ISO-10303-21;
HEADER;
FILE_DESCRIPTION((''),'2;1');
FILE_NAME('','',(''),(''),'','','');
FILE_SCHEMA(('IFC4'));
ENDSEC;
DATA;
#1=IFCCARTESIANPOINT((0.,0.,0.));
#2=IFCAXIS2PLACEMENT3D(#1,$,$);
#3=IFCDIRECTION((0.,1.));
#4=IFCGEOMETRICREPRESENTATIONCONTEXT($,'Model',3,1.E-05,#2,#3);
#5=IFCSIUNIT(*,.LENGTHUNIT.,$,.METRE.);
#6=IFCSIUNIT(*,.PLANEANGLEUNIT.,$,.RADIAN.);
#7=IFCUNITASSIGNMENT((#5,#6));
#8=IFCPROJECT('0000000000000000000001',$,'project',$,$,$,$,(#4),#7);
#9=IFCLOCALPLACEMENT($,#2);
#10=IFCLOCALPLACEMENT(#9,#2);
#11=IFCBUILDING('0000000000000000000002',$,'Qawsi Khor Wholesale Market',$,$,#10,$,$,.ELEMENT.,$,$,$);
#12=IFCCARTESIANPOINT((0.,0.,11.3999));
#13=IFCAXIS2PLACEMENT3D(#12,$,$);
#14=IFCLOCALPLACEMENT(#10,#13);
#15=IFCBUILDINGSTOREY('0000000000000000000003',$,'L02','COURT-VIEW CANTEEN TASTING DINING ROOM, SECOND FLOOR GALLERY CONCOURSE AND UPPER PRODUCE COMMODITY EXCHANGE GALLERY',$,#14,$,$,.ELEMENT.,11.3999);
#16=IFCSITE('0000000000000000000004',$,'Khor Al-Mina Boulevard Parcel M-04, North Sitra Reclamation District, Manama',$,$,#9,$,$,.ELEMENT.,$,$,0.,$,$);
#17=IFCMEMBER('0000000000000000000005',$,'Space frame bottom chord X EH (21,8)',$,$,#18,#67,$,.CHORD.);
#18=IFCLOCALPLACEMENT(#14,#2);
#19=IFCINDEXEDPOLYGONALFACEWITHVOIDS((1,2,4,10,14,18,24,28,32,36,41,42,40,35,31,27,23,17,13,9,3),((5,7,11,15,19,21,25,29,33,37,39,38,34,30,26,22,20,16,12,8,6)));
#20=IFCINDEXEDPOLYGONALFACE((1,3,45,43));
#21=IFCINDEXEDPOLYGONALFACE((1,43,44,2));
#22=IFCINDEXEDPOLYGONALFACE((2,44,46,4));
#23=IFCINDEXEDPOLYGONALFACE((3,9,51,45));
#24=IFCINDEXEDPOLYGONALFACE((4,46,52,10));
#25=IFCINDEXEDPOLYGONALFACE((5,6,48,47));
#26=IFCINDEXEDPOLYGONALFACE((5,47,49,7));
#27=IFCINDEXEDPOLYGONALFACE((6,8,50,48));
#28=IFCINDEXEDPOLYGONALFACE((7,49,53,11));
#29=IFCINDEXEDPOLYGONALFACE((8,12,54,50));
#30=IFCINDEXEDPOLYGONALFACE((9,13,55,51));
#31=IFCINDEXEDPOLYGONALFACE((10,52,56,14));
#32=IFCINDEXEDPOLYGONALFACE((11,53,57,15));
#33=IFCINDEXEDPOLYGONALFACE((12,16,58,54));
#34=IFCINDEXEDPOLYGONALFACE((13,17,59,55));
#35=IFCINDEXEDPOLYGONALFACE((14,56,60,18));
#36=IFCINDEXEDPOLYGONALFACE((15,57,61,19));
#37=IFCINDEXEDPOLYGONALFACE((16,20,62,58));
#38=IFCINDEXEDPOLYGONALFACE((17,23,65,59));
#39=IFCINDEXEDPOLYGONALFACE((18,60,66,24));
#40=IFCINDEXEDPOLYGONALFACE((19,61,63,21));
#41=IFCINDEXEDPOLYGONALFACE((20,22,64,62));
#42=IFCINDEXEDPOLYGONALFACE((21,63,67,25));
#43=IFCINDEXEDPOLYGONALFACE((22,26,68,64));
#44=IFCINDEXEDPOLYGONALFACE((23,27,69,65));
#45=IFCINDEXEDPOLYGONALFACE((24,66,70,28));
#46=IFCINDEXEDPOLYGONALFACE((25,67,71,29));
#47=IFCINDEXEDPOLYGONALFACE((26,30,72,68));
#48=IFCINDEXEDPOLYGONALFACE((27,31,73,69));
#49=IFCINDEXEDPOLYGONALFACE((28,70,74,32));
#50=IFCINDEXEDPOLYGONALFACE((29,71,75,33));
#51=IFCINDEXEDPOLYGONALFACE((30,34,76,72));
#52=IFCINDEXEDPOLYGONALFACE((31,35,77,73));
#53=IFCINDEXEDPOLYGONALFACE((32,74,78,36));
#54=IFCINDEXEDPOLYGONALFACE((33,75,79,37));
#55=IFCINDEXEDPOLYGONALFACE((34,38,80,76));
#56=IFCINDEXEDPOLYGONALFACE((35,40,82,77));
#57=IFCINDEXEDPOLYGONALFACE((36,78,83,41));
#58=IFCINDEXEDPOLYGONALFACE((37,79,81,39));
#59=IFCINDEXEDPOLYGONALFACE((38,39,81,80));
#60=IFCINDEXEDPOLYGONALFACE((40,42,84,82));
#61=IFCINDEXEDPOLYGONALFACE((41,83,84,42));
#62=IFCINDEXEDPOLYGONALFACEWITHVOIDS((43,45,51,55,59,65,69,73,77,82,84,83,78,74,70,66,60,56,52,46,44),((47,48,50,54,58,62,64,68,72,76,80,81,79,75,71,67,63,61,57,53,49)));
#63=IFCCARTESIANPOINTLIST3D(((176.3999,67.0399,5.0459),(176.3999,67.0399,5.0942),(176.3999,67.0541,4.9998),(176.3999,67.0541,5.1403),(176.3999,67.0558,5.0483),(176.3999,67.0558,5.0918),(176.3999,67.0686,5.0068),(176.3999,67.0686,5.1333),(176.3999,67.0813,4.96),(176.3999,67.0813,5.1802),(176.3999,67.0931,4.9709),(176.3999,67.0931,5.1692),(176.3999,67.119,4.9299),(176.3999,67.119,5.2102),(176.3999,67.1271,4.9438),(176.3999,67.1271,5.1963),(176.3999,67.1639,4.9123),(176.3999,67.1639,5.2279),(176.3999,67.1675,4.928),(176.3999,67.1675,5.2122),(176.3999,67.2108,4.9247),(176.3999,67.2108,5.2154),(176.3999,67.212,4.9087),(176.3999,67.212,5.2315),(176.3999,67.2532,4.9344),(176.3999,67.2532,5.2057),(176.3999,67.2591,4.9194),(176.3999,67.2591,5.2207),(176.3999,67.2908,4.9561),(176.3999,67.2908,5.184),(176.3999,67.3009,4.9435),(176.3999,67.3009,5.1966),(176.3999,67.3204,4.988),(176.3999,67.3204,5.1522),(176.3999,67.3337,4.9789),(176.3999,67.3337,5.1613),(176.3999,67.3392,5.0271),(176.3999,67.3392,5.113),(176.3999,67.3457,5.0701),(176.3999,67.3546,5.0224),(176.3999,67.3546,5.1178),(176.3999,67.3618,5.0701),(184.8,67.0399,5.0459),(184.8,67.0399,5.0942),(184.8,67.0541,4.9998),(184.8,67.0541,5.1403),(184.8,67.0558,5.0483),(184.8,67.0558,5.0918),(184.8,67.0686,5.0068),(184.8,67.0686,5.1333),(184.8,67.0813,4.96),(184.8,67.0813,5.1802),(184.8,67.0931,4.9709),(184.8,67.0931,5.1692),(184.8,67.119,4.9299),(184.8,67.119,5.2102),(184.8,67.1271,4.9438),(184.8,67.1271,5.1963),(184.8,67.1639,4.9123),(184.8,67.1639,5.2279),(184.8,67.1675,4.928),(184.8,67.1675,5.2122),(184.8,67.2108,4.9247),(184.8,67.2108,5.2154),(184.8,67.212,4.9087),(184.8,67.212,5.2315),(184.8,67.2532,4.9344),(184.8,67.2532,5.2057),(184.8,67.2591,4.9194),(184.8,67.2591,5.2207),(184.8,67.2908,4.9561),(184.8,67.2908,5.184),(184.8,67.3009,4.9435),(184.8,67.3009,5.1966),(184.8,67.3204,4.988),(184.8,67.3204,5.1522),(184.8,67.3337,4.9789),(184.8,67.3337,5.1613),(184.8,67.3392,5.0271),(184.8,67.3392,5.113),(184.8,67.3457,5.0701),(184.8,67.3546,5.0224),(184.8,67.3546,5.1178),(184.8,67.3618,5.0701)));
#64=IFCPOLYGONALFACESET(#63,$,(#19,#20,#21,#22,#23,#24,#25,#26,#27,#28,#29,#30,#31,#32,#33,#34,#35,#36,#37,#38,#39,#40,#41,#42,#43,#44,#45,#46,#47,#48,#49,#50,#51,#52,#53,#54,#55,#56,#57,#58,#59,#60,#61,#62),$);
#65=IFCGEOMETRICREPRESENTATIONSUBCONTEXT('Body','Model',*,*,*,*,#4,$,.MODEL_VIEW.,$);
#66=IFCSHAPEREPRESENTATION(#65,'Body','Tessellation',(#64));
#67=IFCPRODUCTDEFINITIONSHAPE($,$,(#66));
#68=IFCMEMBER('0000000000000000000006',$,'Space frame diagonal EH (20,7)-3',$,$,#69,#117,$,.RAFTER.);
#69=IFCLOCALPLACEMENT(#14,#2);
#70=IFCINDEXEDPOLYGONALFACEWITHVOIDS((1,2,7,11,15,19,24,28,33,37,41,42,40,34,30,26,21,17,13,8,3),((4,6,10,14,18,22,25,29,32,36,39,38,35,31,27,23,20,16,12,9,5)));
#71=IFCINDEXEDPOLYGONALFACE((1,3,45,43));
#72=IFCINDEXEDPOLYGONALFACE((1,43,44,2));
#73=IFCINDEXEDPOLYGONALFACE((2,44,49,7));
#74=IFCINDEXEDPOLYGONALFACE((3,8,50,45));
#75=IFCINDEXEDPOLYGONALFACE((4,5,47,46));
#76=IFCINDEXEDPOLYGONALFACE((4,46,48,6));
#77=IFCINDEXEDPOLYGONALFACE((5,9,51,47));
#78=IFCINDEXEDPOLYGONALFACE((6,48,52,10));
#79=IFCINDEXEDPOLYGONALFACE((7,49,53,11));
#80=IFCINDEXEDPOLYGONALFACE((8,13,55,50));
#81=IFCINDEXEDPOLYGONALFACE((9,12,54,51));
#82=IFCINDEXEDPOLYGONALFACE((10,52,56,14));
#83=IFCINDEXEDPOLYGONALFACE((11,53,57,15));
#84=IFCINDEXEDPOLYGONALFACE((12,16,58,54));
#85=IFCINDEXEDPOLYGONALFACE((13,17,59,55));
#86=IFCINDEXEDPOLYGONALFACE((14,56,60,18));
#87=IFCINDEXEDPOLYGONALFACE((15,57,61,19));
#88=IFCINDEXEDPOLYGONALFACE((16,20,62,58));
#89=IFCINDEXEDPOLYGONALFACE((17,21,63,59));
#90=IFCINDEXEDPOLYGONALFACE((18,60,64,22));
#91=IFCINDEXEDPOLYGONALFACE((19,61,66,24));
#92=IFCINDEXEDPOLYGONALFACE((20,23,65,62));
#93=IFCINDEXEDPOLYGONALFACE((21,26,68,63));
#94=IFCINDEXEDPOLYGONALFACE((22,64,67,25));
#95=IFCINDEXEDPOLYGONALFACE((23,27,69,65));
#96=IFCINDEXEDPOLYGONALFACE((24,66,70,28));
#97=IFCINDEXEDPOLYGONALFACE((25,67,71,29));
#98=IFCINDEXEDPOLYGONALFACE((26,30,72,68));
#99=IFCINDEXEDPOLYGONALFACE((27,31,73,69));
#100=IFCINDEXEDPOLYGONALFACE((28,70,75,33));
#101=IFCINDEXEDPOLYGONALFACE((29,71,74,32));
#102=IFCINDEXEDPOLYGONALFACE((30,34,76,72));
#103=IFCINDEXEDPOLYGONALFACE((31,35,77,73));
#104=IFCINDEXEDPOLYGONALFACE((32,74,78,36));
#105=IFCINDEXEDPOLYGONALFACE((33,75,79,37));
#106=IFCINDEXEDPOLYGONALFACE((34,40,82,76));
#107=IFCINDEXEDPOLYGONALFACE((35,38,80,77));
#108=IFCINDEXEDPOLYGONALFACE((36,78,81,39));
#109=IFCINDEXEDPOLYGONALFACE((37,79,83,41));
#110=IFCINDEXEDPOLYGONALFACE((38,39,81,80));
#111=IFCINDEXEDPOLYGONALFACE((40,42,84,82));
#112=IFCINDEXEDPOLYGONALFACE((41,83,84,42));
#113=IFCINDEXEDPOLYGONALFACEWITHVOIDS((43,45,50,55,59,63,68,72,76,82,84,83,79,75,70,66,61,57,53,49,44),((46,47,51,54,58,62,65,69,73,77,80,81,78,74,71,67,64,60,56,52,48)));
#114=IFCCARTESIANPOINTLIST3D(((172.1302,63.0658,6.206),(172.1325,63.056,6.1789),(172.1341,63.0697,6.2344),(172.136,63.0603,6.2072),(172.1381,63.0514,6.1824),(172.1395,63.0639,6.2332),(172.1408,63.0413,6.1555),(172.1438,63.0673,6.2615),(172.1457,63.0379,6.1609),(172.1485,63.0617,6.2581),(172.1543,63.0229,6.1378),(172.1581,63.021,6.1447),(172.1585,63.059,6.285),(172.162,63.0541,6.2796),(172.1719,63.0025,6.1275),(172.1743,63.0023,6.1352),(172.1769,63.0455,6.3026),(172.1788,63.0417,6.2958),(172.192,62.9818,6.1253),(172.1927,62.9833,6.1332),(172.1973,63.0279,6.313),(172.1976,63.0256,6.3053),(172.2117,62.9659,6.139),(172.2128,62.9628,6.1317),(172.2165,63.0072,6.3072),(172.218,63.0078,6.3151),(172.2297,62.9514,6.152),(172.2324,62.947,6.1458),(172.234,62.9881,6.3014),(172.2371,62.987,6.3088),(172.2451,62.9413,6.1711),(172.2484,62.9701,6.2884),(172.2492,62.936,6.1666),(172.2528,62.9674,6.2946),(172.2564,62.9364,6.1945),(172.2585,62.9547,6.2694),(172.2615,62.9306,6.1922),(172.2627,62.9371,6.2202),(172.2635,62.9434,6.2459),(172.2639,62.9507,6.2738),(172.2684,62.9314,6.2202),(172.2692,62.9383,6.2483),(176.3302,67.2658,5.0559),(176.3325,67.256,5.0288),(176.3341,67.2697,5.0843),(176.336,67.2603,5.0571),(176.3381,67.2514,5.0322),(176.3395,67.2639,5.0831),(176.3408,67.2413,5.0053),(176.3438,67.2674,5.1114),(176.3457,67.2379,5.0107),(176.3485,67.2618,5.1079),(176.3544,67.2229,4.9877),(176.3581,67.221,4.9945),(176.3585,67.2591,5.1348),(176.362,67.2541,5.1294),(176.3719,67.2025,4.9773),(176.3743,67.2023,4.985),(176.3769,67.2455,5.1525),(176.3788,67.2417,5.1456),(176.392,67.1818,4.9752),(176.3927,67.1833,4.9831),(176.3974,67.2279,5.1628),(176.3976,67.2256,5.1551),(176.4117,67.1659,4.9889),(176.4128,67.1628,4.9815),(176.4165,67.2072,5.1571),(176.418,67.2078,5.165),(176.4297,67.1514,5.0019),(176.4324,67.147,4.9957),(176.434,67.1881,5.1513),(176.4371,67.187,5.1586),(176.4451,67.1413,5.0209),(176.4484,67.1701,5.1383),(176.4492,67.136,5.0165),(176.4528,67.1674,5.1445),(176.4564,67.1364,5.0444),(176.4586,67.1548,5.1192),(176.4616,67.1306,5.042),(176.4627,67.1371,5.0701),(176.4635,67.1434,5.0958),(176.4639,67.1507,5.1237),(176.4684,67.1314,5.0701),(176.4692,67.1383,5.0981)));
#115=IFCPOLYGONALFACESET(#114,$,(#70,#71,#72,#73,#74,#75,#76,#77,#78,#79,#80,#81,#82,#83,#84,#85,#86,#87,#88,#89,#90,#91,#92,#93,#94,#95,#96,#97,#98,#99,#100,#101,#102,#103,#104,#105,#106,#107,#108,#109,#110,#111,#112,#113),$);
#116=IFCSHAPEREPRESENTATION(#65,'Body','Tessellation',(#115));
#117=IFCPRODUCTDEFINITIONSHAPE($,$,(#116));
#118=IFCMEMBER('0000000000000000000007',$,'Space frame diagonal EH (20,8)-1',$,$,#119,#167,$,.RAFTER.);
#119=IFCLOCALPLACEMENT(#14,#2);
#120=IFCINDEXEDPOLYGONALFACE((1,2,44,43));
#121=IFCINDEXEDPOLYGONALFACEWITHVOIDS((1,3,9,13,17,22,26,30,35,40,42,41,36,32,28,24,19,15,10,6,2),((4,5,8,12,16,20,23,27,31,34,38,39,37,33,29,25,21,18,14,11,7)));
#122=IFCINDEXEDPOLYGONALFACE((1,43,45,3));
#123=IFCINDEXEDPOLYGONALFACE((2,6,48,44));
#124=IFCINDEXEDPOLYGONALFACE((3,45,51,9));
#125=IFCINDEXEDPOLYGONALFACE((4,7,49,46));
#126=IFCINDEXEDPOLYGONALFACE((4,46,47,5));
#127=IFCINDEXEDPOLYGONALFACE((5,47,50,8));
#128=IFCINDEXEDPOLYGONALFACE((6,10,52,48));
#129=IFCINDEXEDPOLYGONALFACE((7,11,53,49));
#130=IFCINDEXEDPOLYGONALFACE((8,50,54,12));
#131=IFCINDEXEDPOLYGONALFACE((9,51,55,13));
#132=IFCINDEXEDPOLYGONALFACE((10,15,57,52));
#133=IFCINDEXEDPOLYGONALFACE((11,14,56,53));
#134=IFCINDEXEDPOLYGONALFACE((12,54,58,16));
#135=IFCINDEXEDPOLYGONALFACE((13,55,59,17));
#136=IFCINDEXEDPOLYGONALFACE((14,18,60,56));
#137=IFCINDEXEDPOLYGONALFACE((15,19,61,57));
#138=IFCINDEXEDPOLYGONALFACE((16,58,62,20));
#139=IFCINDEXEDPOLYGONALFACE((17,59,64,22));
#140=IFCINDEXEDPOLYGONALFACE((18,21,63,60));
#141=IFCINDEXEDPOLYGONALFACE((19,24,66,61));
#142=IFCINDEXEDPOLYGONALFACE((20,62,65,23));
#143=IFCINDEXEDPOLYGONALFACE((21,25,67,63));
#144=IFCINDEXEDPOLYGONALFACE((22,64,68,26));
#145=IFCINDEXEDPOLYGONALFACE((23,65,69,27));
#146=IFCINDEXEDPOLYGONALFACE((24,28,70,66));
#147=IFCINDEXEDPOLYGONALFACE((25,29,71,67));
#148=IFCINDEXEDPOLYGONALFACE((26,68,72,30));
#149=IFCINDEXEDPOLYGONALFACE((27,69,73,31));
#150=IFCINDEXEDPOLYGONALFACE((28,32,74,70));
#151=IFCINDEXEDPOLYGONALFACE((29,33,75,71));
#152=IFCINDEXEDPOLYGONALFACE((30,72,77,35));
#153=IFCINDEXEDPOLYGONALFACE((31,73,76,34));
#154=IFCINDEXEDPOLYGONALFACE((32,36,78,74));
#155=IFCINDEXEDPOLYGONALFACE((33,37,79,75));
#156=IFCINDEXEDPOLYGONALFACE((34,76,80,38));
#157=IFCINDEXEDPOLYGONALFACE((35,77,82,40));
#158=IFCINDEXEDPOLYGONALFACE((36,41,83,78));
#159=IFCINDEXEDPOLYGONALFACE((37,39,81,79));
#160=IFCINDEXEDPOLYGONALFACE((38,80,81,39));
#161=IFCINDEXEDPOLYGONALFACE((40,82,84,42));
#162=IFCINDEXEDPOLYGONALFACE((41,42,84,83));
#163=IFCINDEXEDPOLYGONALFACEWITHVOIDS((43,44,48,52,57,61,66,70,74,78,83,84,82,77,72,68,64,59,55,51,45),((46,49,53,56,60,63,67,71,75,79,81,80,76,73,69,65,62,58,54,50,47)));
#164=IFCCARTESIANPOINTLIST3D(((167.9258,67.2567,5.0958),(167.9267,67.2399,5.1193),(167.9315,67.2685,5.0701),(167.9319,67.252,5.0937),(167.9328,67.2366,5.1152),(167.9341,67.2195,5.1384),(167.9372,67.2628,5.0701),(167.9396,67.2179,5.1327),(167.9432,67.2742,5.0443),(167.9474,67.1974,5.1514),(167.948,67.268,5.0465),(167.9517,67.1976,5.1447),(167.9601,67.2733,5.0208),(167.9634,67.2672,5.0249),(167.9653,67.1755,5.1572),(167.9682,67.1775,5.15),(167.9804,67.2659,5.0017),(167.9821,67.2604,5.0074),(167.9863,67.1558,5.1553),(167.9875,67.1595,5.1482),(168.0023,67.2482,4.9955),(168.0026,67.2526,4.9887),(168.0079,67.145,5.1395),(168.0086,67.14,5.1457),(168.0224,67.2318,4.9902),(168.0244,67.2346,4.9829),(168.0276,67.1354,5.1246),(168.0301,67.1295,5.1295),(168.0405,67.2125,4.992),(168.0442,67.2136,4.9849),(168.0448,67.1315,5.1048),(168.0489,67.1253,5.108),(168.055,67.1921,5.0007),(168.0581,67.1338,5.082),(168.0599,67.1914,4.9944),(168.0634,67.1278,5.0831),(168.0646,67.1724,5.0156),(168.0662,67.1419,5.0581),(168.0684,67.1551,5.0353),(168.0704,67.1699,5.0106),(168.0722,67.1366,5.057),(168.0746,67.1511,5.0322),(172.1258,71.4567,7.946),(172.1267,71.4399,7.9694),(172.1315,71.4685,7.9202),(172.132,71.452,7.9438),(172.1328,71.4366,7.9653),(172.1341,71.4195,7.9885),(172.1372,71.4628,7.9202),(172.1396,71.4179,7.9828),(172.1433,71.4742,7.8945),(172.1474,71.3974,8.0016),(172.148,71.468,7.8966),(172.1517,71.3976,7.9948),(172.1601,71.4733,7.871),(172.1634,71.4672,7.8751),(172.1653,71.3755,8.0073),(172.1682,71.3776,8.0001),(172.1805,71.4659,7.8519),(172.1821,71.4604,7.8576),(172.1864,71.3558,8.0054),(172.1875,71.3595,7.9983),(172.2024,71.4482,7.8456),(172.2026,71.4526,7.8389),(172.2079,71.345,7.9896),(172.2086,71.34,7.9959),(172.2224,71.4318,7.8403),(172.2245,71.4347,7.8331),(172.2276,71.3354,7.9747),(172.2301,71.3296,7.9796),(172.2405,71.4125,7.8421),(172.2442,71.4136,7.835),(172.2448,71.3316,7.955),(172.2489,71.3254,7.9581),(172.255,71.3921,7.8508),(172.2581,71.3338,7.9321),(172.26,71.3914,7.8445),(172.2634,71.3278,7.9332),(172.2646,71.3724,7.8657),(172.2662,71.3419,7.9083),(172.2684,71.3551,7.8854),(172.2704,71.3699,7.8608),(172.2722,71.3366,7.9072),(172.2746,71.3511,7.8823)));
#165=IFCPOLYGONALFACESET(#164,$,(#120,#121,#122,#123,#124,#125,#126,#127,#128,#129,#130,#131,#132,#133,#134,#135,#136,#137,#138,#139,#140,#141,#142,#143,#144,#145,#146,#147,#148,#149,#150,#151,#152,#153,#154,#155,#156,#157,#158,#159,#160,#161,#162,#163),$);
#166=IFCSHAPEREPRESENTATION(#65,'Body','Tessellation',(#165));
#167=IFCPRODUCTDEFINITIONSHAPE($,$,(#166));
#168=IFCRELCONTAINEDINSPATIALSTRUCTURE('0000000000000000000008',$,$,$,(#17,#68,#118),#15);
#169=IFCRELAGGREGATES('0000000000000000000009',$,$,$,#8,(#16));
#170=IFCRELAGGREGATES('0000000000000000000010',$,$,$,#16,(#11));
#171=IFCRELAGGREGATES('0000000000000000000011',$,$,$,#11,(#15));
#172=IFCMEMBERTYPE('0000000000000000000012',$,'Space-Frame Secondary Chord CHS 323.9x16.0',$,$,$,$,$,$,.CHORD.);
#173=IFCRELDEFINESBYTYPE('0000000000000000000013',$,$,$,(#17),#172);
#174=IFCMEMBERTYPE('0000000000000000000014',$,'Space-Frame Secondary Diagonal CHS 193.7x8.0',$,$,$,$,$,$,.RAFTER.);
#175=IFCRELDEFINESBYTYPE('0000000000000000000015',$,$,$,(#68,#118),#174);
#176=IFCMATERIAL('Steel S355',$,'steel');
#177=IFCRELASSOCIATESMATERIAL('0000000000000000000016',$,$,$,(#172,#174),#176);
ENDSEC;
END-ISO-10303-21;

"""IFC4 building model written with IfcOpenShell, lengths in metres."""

from ifc_helpers import new_model, si_unit, direction, frame, origin, origin_2d, place, context, subcontext, project, spatial, hollow_circle, extrude, material, material_profile, profile_set, type_object, element, save


model = new_model("IFC4")

# Units and contexts
model_context = context("Model", 3, precision=1e-05, world=origin(), true_north=direction((0.0, 1.0)))
body_context = subcontext(model_context, "Body", "Model", "MODEL_VIEW")
ifc_project = project(units=[si_unit("LENGTHUNIT", "METRE"), si_unit("PLANEANGLEUNIT", "RADIAN")], contexts=[model_context])

# Site, building, storey
site_placement = place(None, origin())
site = spatial("IfcSite", under=ifc_project, at=site_placement, Name="Khor Al-Mina Boulevard Parcel M-04, North Sitra Reclamation District, Manama", CompositionType="ELEMENT", RefElevation=0.0)
building_placement = place(site_placement, origin())
building = spatial("IfcBuilding", under=site, at=building_placement, Name="Qawsi Khor Wholesale Market", CompositionType="ELEMENT")
storey_placement = place(building_placement, frame((0.0, 0.0, 11.3999)))
storey = spatial("IfcBuildingStorey", under=building, at=storey_placement, Name="L02", Description="COURT-VIEW CANTEEN TASTING DINING ROOM, SECOND FLOOR GALLERY CONCOURSE AND UPPER PRODUCE COMMODITY EXCHANGE GALLERY", CompositionType="ELEMENT", Elevation=11.3999)

# Members
ifc_material_1 = material(Name="Steel S355", Category="steel")
ifc_material_profile_1 = material_profile(ifc_material_1, hollow_circle(Radius=0.1619, WallThickness=0.0161, at=origin_2d()), Name="CHS 323.9x16.0")
ifc_profile_set_1 = profile_set([ifc_material_profile_1], Name="Steel S355")
member_type_1 = type_object("IfcMemberType", Name="Space-Frame Secondary Chord CHS 323.9x16.0", PredefinedType="CHORD", material=ifc_profile_set_1)
member_1_placement = place(storey_placement, frame((176.3999, 67.2, 5.0701), z_axis=(1.0, 0.0, 0.0), x_axis=(0.0, 1.0, 0.0)))
element("IfcMember", 1, at=member_1_placement, inside=storey, type_object=member_type_1, Name="Space frame bottom chord X EH (21,8)", PredefinedType="CHORD", context=body_context, shape_type="SweptSolid", body=[
    extrude(hollow_circle(Radius=0.1619, WallThickness=0.0161, at=origin_2d()), origin(), (0.0, 0.0, 1.0), 8.4001),
])
ifc_material_profile_2 = material_profile(ifc_material_1, hollow_circle(Radius=0.0969, WallThickness=0.0081, at=origin_2d()), Name="CHS 193.7x8.0")
ifc_profile_set_2 = profile_set([ifc_material_profile_2], Name="Steel S355")
member_type_2 = type_object("IfcMemberType", Name="Space-Frame Secondary Diagonal CHS 193.7x8.0", PredefinedType="RAFTER", material=ifc_profile_set_2)
member_2_placement = place(storey_placement, frame((176.3999, 67.2, 5.0701), z_axis=(-0.694211, -0.694211, 0.190108), x_axis=(0.707107, -0.707107, 0.0)))
element("IfcMember", 2, at=member_2_placement, inside=storey, type_object=member_type_2, Name="Space frame diagonal EH (20,7)-3", PredefinedType="RAFTER", context=body_context, shape_type="SweptSolid", body=[
    extrude(hollow_circle(Radius=0.0969, WallThickness=0.0081, at=origin_2d()), origin(), (0.0, 0.0, 1.0), 6.05),
])
for number, where, z_axis, x_axis, name in (
    (3, (168.0, 67.2, 5.0701), (0.637512, 0.637512, 0.432617), (-0.707107, 0.707107, 0.0), "Space frame diagonal EH (20,8)-1"),
):
    element("IfcMember", number, at=place(storey_placement, frame(where, z_axis=z_axis, x_axis=x_axis)), inside=storey, type_object=member_type_2, Name=name, PredefinedType="RAFTER", context=body_context, shape_type="SweptSolid", body=[
        extrude(hollow_circle(Radius=0.0969, WallThickness=0.0081, at=origin_2d()), origin(), (0.0, 0.0, 1.0), 6.5881),
    ])

save(model, "model.ifc")
